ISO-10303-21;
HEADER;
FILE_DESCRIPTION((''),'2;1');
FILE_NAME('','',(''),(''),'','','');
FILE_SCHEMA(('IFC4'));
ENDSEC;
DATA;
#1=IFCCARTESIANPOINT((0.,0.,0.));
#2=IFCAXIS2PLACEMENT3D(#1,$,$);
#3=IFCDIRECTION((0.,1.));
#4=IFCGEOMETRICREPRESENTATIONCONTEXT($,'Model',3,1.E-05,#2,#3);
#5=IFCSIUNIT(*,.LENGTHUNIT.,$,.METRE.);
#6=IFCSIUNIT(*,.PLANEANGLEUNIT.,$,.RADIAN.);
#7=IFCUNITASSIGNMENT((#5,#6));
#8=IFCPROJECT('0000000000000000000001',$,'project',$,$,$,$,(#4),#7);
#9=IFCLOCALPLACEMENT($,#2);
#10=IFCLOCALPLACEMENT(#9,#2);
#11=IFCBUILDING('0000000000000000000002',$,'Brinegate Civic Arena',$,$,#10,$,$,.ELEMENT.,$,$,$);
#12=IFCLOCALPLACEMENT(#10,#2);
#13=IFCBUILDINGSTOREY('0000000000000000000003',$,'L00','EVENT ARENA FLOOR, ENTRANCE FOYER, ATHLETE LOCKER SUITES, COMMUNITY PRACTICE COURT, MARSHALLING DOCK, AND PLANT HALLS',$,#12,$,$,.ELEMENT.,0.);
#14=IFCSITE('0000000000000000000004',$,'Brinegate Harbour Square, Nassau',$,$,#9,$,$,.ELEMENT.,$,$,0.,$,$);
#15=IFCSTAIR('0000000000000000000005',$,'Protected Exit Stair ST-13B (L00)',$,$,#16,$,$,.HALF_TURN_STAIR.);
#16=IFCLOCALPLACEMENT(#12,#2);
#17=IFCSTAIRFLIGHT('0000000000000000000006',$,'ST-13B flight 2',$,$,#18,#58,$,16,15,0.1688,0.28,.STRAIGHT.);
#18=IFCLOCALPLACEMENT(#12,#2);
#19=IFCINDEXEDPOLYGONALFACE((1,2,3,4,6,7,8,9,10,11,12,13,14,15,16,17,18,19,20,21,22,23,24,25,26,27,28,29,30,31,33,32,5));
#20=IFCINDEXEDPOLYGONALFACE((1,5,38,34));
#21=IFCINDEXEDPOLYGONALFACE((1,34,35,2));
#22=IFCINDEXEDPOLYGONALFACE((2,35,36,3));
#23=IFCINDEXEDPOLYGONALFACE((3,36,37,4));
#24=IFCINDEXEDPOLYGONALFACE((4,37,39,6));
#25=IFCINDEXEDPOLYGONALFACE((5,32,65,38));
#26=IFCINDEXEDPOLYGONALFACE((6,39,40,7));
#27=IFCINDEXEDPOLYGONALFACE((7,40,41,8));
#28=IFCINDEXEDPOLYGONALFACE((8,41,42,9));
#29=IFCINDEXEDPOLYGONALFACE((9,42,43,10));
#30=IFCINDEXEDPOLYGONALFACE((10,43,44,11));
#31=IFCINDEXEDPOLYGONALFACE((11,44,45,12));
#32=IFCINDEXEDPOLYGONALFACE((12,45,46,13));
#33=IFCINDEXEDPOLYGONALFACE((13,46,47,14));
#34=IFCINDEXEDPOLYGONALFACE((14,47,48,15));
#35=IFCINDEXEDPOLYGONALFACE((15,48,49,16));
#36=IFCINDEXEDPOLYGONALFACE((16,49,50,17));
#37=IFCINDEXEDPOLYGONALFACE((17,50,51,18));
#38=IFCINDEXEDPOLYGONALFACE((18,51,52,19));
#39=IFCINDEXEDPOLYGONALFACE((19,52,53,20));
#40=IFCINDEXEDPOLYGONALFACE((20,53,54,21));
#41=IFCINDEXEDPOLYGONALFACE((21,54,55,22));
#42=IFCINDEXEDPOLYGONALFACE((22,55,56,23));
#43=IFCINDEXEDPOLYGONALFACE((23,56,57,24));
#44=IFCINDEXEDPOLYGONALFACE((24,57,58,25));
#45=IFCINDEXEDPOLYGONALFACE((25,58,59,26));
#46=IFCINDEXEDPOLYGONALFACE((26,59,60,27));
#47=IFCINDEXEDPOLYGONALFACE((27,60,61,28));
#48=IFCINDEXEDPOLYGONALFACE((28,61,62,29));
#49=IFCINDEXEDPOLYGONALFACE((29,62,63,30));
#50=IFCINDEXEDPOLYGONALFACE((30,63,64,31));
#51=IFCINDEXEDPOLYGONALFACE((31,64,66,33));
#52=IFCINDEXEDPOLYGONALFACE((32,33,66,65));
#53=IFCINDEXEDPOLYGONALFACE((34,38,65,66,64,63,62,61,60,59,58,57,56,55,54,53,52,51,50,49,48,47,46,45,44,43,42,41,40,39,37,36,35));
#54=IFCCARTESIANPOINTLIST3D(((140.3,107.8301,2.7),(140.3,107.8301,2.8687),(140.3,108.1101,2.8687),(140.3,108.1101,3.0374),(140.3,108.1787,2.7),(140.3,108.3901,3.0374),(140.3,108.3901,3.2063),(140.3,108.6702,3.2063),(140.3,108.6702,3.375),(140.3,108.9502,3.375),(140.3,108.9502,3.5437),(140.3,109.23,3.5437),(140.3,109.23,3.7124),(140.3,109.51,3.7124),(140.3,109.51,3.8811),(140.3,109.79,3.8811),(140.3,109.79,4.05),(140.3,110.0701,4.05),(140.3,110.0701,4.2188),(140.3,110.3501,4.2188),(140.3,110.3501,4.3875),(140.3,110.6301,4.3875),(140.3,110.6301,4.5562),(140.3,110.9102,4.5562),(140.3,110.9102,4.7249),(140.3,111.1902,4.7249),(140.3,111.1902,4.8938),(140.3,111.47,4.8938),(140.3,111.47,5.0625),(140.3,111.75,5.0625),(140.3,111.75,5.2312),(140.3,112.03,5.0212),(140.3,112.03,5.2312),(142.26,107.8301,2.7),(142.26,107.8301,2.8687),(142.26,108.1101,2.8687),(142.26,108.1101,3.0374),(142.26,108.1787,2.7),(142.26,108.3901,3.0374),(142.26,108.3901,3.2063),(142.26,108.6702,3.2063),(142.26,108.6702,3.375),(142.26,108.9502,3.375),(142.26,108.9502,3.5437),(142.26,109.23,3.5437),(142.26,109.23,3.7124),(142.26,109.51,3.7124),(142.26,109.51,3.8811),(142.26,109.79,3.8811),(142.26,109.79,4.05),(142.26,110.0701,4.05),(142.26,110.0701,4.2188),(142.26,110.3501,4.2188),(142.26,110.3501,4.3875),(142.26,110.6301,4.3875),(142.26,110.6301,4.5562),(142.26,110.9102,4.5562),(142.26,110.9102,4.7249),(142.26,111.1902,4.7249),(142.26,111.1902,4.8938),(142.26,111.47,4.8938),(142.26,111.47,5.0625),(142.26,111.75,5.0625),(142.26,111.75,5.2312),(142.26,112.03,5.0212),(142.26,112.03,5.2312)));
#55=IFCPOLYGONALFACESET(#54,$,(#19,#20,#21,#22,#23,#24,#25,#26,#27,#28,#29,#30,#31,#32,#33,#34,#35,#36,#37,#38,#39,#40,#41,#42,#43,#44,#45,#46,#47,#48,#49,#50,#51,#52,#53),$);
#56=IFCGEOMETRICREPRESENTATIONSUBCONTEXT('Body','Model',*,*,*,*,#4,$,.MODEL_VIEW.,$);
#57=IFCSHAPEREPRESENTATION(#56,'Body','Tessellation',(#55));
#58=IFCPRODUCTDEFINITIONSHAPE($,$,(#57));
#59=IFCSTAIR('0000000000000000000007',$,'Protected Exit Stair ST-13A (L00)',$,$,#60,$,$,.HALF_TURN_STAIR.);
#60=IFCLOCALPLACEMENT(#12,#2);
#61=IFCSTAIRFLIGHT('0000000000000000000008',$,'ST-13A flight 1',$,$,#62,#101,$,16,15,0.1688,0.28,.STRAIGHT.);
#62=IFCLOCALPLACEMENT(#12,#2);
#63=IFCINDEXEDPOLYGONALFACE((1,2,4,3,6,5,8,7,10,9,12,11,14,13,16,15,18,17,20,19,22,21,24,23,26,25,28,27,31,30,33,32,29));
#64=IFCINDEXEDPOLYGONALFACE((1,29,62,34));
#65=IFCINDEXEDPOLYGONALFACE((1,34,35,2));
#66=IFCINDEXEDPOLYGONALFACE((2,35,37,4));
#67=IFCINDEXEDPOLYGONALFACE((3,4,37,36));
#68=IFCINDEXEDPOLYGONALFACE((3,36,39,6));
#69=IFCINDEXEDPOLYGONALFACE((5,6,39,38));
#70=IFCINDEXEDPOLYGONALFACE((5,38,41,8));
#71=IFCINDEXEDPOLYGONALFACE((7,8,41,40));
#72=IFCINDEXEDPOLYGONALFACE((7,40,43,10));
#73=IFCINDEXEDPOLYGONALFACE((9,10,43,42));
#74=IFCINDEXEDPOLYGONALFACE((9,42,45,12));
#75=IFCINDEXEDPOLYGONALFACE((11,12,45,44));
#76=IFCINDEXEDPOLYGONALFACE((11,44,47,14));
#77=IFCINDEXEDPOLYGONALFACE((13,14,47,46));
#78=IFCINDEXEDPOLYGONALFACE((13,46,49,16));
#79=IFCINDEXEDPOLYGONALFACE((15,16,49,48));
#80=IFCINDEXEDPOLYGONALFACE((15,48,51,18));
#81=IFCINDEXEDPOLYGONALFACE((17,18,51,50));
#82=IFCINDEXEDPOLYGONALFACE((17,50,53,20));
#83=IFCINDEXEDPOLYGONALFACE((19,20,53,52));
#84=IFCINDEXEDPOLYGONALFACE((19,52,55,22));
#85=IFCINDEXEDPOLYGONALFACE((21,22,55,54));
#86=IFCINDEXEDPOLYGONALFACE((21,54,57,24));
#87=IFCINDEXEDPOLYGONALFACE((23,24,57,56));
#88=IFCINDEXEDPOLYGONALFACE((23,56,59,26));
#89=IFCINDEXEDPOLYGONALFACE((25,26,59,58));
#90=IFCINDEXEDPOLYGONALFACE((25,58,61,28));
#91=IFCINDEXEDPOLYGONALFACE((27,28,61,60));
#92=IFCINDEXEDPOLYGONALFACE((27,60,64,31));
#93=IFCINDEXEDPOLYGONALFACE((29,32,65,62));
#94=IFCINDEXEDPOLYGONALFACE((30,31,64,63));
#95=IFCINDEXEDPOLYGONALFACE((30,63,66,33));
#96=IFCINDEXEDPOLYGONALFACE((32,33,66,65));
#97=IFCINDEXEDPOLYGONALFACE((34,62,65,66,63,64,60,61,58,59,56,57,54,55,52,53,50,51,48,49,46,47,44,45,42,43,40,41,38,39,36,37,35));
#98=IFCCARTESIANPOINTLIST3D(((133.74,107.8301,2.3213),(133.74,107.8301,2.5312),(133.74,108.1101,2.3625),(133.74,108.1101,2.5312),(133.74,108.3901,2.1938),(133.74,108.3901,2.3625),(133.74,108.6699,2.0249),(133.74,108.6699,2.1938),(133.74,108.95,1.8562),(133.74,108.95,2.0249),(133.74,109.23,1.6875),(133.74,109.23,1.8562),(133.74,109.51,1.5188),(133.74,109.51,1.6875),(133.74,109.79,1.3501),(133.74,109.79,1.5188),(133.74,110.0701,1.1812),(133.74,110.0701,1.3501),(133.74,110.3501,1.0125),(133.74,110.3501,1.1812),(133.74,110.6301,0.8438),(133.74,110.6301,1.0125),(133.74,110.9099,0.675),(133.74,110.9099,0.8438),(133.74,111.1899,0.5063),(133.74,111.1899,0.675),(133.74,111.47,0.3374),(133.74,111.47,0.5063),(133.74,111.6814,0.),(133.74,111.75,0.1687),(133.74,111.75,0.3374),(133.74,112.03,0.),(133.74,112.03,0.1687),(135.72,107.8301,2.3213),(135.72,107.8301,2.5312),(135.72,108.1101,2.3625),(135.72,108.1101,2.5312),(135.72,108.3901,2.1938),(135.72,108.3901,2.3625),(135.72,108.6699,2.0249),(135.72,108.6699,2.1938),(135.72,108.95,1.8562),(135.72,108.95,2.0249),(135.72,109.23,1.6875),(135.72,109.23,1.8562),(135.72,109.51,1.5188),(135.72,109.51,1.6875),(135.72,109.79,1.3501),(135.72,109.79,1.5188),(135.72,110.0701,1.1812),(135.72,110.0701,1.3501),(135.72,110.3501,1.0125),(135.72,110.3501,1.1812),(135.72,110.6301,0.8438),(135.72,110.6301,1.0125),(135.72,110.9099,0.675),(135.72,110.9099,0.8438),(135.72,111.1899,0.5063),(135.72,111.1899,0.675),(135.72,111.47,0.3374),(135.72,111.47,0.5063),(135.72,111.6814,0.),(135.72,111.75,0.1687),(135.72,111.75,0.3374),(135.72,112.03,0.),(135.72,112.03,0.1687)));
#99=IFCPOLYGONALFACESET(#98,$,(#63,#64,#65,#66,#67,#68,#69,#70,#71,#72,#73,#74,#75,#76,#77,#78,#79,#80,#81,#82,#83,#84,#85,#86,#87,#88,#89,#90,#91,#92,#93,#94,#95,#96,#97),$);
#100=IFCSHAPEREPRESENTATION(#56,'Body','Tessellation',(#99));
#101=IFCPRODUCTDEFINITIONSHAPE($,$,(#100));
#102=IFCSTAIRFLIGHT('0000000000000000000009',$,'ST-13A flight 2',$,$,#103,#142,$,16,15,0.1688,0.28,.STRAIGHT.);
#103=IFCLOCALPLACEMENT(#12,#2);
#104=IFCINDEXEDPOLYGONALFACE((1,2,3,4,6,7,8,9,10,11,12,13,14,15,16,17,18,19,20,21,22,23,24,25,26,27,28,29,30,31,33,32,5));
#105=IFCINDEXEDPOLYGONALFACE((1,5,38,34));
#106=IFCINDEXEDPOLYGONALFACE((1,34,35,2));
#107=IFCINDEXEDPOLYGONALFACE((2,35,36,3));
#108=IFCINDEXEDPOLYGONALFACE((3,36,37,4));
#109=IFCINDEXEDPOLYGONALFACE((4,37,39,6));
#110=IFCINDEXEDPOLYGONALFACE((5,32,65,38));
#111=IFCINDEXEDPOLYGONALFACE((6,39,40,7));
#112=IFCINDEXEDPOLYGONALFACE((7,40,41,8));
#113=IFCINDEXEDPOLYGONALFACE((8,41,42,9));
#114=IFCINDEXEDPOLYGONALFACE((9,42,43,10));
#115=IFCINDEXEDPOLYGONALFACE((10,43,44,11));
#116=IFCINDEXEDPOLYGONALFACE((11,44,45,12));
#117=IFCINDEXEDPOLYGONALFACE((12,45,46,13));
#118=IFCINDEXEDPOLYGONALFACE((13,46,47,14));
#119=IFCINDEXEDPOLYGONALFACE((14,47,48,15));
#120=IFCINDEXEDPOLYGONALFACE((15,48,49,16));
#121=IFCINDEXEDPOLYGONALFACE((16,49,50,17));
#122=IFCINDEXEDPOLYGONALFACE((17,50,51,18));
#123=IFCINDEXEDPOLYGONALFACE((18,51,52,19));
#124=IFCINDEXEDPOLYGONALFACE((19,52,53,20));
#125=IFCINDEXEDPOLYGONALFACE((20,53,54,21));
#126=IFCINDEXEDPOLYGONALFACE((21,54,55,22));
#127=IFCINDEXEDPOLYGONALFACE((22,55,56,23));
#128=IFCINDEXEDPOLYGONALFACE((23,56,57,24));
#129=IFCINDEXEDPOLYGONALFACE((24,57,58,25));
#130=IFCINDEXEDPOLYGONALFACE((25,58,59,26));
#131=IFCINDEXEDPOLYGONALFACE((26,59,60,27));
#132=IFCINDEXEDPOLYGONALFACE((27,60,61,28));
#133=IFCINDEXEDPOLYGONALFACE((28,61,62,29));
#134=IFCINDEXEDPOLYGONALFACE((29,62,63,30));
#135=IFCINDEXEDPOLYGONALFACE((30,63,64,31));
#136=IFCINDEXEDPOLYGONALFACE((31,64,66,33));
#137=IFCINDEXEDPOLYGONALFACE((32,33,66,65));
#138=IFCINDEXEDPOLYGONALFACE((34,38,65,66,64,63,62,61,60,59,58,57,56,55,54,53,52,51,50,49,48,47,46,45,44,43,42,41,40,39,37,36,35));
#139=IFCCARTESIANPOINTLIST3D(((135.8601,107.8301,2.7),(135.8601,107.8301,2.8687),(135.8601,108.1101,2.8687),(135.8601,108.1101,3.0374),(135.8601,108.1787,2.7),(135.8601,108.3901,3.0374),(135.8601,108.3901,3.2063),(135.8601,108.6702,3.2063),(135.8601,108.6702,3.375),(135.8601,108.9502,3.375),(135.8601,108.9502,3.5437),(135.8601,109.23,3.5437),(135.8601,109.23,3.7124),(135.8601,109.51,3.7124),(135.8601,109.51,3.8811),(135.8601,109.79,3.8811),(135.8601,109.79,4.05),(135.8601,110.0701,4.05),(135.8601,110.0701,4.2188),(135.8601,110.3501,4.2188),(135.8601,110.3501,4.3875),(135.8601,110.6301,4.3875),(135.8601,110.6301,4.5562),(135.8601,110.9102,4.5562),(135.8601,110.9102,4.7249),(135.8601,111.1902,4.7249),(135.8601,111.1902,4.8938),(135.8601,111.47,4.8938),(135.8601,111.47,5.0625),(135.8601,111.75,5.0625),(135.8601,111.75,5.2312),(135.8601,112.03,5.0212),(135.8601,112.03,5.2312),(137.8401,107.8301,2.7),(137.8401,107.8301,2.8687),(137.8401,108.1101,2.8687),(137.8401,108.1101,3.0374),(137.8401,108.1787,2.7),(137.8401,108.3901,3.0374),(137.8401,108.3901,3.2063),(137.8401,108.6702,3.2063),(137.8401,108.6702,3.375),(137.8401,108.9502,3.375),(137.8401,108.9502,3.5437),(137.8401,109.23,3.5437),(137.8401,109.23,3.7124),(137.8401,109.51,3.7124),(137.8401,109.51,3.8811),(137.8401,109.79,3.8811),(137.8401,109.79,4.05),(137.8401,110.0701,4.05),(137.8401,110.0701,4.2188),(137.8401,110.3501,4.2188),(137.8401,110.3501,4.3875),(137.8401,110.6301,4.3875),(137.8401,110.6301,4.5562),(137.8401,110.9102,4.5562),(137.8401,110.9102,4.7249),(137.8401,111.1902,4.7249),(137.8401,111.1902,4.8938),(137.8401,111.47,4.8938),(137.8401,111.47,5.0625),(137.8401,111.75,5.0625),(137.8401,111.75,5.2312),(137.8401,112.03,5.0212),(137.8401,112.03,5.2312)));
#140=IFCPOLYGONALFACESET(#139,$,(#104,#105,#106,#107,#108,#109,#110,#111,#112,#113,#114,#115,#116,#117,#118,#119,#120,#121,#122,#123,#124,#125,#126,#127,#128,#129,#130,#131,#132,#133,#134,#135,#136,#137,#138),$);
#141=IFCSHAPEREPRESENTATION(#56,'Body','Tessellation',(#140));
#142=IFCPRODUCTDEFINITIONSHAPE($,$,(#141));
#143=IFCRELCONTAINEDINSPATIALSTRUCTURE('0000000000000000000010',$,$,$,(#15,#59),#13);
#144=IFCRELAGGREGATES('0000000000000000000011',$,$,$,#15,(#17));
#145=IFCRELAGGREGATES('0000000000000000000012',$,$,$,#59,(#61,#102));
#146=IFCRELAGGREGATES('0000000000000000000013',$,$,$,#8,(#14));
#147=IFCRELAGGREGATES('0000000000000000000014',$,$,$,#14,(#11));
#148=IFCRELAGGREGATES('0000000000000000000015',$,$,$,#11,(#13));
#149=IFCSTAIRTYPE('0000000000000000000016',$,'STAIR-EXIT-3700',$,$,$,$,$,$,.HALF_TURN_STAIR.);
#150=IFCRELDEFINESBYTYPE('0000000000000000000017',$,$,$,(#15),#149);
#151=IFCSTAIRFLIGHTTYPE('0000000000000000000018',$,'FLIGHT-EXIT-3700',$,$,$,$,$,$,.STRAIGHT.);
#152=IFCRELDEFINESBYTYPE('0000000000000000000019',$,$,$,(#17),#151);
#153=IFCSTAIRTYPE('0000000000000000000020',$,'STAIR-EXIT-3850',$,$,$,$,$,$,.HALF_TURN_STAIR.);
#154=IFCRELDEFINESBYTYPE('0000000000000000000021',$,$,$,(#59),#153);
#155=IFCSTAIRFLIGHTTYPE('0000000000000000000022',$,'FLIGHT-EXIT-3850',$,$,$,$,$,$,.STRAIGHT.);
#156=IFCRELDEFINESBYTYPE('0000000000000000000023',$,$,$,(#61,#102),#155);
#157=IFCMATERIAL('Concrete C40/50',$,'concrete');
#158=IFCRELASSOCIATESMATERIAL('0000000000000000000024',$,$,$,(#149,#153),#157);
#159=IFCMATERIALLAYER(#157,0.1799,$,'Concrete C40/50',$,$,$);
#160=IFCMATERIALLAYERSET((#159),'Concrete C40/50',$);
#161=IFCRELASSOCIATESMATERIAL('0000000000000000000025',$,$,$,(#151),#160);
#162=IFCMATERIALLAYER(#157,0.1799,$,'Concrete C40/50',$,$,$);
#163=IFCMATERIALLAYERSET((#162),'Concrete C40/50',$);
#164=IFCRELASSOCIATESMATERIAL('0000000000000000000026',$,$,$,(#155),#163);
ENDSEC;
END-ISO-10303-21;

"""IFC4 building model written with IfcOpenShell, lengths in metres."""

from ifc_helpers import new_model, si_unit, direction, frame, origin, place, context, subcontext, project, spatial, polyline, outline, extrude, material, layer, layer_set, type_object, element, aggregate, save


model = new_model("IFC4")

# Units and contexts
model_context = context("Model", 3, precision=1e-05, world=origin(), true_north=direction((0.0, 1.0)))
body_context = subcontext(model_context, "Body", "Model", "MODEL_VIEW")
ifc_project = project(units=[si_unit("LENGTHUNIT", "METRE"), si_unit("PLANEANGLEUNIT", "RADIAN")], contexts=[model_context])

# Site, building, storey
site_placement = place(None, origin())
site = spatial("IfcSite", under=ifc_project, at=site_placement, Name="Brinegate Harbour Square, Nassau", CompositionType="ELEMENT", RefElevation=0.0)
building_placement = place(site_placement, origin())
building = spatial("IfcBuilding", under=site, at=building_placement, Name="Brinegate Civic Arena", CompositionType="ELEMENT")
storey_placement = place(building_placement, origin())
storey = spatial("IfcBuildingStorey", under=building, at=storey_placement, Name="L00", Description="EVENT ARENA FLOOR, ENTRANCE FOYER, ATHLETE LOCKER SUITES, COMMUNITY PRACTICE COURT, MARSHALLING DOCK, AND PLANT HALLS", CompositionType="ELEMENT", Elevation=0.0)

# Shared definitions
ifc_material_1 = material(Name="Concrete C40/50", Category="concrete")

# Stairs, stair flights
stair_type_1 = type_object("IfcStairType", Name="STAIR-EXIT-3700", PredefinedType="HALF_TURN_STAIR", material=ifc_material_1)
stair_1_placement = place(storey_placement, origin())
stair_1 = element("IfcStair", 1, at=stair_1_placement, inside=storey, type_object=stair_type_1, Name="Protected Exit Stair ST-13B (L00)", PredefinedType="HALF_TURN_STAIR")
ifc_layer_1 = layer(ifc_material_1, 0.1799, Name="Concrete C40/50")
ifc_layer_set_1 = layer_set([ifc_layer_1], Name="Concrete C40/50")
stair_flight_type_1 = type_object("IfcStairFlightType", Name="FLIGHT-EXIT-3700", PredefinedType="STRAIGHT", material=ifc_layer_set_1)
stair_flight_1_placement = place(storey_placement, frame((141.28, 107.8301, 2.7), z_axis=(0.0, 0.0, 1.0), x_axis=(0.0, 1.0, 0.0)))
stair_flight_1 = element("IfcStairFlight", 2, at=stair_flight_1_placement, type_object=stair_flight_type_1, Name="ST-13B flight 2", NumberOfRisers=16, NumberOfTreads=15, PredefinedType="STRAIGHT", RiserHeight=0.1688, TreadLength=0.28, context=body_context, shape_type="SweptSolid", body=[
    extrude(outline(polyline([(0.0, 0.0), (0.0, 0.1687), (0.28, 0.1687), (0.28, 0.3374), (0.5601, 0.3374), (0.5601, 0.5063), (0.8401, 0.5063), (0.8401, 0.675), (1.1201, 0.675), (1.1201, 0.8438), (1.3999, 0.8438), (1.3999, 1.0125), (1.6799, 1.0125), (1.6799, 1.1812), (1.96, 1.1812), (1.96, 1.3501), (2.24, 1.3501), (2.24, 1.5188), (2.52, 1.5188), (2.52, 1.6875), (2.8, 1.6875), (2.8, 1.8562), (3.0801, 1.8562), (3.0801, 2.0249), (3.3601, 2.0249), (3.3601, 2.1938), (3.6399, 2.1938), (3.6399, 2.3625), (3.9199, 2.3625), (3.9199, 2.5312), (4.2, 2.5312), (4.2, 2.7), (4.2, 2.3213), (0.3486, 0.0), (0.0, 0.0)])), frame((0.0, 0.98, 0.0), z_axis=(0.0, -1.0, 0.0), x_axis=(1.0, 0.0, 0.0)), (0.0, 0.0, 1.0), 1.96),
])
aggregate(stair_1, [stair_flight_1])
stair_type_2 = type_object("IfcStairType", Name="STAIR-EXIT-3850", PredefinedType="HALF_TURN_STAIR", material=ifc_material_1)
stair_2_placement = place(storey_placement, origin())
stair_2 = element("IfcStair", 3, at=stair_2_placement, inside=storey, type_object=stair_type_2, Name="Protected Exit Stair ST-13A (L00)", PredefinedType="HALF_TURN_STAIR")
ifc_layer_2 = layer(ifc_material_1, 0.1799, Name="Concrete C40/50")
ifc_layer_set_2 = layer_set([ifc_layer_2], Name="Concrete C40/50")
stair_flight_type_2 = type_object("IfcStairFlightType", Name="FLIGHT-EXIT-3850", PredefinedType="STRAIGHT", material=ifc_layer_set_2)
stair_flight_2_placement = place(storey_placement, frame((134.73, 112.03, 0.0), z_axis=(0.0, 0.0, 1.0), x_axis=(0.0, -1.0, 0.0)))
stair_flight_2 = element("IfcStairFlight", 4, at=stair_flight_2_placement, type_object=stair_flight_type_2, Name="ST-13A flight 1", NumberOfRisers=16, NumberOfTreads=15, PredefinedType="STRAIGHT", RiserHeight=0.1688, TreadLength=0.28, context=body_context, shape_type="SweptSolid", body=[
    extrude(outline(polyline([(0.0, 0.0), (0.0, 0.1687), (0.28, 0.1687), (0.28, 0.3374), (0.5601, 0.3374), (0.5601, 0.5063), (0.8401, 0.5063), (0.8401, 0.675), (1.1201, 0.675), (1.1201, 0.8438), (1.3999, 0.8438), (1.3999, 1.0125), (1.6799, 1.0125), (1.6799, 1.1812), (1.96, 1.1812), (1.96, 1.3501), (2.24, 1.3501), (2.24, 1.5188), (2.52, 1.5188), (2.52, 1.6875), (2.8, 1.6875), (2.8, 1.8562), (3.0801, 1.8562), (3.0801, 2.0249), (3.3601, 2.0249), (3.3601, 2.1938), (3.6399, 2.1938), (3.6399, 2.3625), (3.9199, 2.3625), (3.9199, 2.5312), (4.2, 2.5312), (4.2, 2.7), (4.2, 2.3213), (0.3486, 0.0), (0.0, 0.0)])), frame((0.0, 0.99, 0.0), z_axis=(0.0, -1.0, 0.0), x_axis=(1.0, 0.0, 0.0)), (0.0, 0.0, 1.0), 1.98),
])
stair_flight_3_placement = place(storey_placement, frame((136.8501, 107.8301, 2.7), z_axis=(0.0, 0.0, 1.0), x_axis=(0.0, 1.0, 0.0)))
stair_flight_3 = element("IfcStairFlight", 5, at=stair_flight_3_placement, type_object=stair_flight_type_2, Name="ST-13A flight 2", NumberOfRisers=16, NumberOfTreads=15, PredefinedType="STRAIGHT", RiserHeight=0.1688, TreadLength=0.28, context=body_context, shape_type="SweptSolid", body=[
    extrude(outline(polyline([(0.0, 0.0), (0.0, 0.1687), (0.28, 0.1687), (0.28, 0.3374), (0.5601, 0.3374), (0.5601, 0.5063), (0.8401, 0.5063), (0.8401, 0.675), (1.1201, 0.675), (1.1201, 0.8438), (1.3999, 0.8438), (1.3999, 1.0125), (1.6799, 1.0125), (1.6799, 1.1812), (1.96, 1.1812), (1.96, 1.3501), (2.24, 1.3501), (2.24, 1.5188), (2.52, 1.5188), (2.52, 1.6875), (2.8, 1.6875), (2.8, 1.8562), (3.0801, 1.8562), (3.0801, 2.0249), (3.3601, 2.0249), (3.3601, 2.1938), (3.6399, 2.1938), (3.6399, 2.3625), (3.9199, 2.3625), (3.9199, 2.5312), (4.2, 2.5312), (4.2, 2.7), (4.2, 2.3213), (0.3486, 0.0), (0.0, 0.0)])), frame((0.0, 0.99, 0.0), z_axis=(0.0, -1.0, 0.0), x_axis=(1.0, 0.0, 0.0)), (0.0, 0.0, 1.0), 1.98),
])
aggregate(stair_2, [stair_flight_2, stair_flight_3])

save(model, "model.ifc")
